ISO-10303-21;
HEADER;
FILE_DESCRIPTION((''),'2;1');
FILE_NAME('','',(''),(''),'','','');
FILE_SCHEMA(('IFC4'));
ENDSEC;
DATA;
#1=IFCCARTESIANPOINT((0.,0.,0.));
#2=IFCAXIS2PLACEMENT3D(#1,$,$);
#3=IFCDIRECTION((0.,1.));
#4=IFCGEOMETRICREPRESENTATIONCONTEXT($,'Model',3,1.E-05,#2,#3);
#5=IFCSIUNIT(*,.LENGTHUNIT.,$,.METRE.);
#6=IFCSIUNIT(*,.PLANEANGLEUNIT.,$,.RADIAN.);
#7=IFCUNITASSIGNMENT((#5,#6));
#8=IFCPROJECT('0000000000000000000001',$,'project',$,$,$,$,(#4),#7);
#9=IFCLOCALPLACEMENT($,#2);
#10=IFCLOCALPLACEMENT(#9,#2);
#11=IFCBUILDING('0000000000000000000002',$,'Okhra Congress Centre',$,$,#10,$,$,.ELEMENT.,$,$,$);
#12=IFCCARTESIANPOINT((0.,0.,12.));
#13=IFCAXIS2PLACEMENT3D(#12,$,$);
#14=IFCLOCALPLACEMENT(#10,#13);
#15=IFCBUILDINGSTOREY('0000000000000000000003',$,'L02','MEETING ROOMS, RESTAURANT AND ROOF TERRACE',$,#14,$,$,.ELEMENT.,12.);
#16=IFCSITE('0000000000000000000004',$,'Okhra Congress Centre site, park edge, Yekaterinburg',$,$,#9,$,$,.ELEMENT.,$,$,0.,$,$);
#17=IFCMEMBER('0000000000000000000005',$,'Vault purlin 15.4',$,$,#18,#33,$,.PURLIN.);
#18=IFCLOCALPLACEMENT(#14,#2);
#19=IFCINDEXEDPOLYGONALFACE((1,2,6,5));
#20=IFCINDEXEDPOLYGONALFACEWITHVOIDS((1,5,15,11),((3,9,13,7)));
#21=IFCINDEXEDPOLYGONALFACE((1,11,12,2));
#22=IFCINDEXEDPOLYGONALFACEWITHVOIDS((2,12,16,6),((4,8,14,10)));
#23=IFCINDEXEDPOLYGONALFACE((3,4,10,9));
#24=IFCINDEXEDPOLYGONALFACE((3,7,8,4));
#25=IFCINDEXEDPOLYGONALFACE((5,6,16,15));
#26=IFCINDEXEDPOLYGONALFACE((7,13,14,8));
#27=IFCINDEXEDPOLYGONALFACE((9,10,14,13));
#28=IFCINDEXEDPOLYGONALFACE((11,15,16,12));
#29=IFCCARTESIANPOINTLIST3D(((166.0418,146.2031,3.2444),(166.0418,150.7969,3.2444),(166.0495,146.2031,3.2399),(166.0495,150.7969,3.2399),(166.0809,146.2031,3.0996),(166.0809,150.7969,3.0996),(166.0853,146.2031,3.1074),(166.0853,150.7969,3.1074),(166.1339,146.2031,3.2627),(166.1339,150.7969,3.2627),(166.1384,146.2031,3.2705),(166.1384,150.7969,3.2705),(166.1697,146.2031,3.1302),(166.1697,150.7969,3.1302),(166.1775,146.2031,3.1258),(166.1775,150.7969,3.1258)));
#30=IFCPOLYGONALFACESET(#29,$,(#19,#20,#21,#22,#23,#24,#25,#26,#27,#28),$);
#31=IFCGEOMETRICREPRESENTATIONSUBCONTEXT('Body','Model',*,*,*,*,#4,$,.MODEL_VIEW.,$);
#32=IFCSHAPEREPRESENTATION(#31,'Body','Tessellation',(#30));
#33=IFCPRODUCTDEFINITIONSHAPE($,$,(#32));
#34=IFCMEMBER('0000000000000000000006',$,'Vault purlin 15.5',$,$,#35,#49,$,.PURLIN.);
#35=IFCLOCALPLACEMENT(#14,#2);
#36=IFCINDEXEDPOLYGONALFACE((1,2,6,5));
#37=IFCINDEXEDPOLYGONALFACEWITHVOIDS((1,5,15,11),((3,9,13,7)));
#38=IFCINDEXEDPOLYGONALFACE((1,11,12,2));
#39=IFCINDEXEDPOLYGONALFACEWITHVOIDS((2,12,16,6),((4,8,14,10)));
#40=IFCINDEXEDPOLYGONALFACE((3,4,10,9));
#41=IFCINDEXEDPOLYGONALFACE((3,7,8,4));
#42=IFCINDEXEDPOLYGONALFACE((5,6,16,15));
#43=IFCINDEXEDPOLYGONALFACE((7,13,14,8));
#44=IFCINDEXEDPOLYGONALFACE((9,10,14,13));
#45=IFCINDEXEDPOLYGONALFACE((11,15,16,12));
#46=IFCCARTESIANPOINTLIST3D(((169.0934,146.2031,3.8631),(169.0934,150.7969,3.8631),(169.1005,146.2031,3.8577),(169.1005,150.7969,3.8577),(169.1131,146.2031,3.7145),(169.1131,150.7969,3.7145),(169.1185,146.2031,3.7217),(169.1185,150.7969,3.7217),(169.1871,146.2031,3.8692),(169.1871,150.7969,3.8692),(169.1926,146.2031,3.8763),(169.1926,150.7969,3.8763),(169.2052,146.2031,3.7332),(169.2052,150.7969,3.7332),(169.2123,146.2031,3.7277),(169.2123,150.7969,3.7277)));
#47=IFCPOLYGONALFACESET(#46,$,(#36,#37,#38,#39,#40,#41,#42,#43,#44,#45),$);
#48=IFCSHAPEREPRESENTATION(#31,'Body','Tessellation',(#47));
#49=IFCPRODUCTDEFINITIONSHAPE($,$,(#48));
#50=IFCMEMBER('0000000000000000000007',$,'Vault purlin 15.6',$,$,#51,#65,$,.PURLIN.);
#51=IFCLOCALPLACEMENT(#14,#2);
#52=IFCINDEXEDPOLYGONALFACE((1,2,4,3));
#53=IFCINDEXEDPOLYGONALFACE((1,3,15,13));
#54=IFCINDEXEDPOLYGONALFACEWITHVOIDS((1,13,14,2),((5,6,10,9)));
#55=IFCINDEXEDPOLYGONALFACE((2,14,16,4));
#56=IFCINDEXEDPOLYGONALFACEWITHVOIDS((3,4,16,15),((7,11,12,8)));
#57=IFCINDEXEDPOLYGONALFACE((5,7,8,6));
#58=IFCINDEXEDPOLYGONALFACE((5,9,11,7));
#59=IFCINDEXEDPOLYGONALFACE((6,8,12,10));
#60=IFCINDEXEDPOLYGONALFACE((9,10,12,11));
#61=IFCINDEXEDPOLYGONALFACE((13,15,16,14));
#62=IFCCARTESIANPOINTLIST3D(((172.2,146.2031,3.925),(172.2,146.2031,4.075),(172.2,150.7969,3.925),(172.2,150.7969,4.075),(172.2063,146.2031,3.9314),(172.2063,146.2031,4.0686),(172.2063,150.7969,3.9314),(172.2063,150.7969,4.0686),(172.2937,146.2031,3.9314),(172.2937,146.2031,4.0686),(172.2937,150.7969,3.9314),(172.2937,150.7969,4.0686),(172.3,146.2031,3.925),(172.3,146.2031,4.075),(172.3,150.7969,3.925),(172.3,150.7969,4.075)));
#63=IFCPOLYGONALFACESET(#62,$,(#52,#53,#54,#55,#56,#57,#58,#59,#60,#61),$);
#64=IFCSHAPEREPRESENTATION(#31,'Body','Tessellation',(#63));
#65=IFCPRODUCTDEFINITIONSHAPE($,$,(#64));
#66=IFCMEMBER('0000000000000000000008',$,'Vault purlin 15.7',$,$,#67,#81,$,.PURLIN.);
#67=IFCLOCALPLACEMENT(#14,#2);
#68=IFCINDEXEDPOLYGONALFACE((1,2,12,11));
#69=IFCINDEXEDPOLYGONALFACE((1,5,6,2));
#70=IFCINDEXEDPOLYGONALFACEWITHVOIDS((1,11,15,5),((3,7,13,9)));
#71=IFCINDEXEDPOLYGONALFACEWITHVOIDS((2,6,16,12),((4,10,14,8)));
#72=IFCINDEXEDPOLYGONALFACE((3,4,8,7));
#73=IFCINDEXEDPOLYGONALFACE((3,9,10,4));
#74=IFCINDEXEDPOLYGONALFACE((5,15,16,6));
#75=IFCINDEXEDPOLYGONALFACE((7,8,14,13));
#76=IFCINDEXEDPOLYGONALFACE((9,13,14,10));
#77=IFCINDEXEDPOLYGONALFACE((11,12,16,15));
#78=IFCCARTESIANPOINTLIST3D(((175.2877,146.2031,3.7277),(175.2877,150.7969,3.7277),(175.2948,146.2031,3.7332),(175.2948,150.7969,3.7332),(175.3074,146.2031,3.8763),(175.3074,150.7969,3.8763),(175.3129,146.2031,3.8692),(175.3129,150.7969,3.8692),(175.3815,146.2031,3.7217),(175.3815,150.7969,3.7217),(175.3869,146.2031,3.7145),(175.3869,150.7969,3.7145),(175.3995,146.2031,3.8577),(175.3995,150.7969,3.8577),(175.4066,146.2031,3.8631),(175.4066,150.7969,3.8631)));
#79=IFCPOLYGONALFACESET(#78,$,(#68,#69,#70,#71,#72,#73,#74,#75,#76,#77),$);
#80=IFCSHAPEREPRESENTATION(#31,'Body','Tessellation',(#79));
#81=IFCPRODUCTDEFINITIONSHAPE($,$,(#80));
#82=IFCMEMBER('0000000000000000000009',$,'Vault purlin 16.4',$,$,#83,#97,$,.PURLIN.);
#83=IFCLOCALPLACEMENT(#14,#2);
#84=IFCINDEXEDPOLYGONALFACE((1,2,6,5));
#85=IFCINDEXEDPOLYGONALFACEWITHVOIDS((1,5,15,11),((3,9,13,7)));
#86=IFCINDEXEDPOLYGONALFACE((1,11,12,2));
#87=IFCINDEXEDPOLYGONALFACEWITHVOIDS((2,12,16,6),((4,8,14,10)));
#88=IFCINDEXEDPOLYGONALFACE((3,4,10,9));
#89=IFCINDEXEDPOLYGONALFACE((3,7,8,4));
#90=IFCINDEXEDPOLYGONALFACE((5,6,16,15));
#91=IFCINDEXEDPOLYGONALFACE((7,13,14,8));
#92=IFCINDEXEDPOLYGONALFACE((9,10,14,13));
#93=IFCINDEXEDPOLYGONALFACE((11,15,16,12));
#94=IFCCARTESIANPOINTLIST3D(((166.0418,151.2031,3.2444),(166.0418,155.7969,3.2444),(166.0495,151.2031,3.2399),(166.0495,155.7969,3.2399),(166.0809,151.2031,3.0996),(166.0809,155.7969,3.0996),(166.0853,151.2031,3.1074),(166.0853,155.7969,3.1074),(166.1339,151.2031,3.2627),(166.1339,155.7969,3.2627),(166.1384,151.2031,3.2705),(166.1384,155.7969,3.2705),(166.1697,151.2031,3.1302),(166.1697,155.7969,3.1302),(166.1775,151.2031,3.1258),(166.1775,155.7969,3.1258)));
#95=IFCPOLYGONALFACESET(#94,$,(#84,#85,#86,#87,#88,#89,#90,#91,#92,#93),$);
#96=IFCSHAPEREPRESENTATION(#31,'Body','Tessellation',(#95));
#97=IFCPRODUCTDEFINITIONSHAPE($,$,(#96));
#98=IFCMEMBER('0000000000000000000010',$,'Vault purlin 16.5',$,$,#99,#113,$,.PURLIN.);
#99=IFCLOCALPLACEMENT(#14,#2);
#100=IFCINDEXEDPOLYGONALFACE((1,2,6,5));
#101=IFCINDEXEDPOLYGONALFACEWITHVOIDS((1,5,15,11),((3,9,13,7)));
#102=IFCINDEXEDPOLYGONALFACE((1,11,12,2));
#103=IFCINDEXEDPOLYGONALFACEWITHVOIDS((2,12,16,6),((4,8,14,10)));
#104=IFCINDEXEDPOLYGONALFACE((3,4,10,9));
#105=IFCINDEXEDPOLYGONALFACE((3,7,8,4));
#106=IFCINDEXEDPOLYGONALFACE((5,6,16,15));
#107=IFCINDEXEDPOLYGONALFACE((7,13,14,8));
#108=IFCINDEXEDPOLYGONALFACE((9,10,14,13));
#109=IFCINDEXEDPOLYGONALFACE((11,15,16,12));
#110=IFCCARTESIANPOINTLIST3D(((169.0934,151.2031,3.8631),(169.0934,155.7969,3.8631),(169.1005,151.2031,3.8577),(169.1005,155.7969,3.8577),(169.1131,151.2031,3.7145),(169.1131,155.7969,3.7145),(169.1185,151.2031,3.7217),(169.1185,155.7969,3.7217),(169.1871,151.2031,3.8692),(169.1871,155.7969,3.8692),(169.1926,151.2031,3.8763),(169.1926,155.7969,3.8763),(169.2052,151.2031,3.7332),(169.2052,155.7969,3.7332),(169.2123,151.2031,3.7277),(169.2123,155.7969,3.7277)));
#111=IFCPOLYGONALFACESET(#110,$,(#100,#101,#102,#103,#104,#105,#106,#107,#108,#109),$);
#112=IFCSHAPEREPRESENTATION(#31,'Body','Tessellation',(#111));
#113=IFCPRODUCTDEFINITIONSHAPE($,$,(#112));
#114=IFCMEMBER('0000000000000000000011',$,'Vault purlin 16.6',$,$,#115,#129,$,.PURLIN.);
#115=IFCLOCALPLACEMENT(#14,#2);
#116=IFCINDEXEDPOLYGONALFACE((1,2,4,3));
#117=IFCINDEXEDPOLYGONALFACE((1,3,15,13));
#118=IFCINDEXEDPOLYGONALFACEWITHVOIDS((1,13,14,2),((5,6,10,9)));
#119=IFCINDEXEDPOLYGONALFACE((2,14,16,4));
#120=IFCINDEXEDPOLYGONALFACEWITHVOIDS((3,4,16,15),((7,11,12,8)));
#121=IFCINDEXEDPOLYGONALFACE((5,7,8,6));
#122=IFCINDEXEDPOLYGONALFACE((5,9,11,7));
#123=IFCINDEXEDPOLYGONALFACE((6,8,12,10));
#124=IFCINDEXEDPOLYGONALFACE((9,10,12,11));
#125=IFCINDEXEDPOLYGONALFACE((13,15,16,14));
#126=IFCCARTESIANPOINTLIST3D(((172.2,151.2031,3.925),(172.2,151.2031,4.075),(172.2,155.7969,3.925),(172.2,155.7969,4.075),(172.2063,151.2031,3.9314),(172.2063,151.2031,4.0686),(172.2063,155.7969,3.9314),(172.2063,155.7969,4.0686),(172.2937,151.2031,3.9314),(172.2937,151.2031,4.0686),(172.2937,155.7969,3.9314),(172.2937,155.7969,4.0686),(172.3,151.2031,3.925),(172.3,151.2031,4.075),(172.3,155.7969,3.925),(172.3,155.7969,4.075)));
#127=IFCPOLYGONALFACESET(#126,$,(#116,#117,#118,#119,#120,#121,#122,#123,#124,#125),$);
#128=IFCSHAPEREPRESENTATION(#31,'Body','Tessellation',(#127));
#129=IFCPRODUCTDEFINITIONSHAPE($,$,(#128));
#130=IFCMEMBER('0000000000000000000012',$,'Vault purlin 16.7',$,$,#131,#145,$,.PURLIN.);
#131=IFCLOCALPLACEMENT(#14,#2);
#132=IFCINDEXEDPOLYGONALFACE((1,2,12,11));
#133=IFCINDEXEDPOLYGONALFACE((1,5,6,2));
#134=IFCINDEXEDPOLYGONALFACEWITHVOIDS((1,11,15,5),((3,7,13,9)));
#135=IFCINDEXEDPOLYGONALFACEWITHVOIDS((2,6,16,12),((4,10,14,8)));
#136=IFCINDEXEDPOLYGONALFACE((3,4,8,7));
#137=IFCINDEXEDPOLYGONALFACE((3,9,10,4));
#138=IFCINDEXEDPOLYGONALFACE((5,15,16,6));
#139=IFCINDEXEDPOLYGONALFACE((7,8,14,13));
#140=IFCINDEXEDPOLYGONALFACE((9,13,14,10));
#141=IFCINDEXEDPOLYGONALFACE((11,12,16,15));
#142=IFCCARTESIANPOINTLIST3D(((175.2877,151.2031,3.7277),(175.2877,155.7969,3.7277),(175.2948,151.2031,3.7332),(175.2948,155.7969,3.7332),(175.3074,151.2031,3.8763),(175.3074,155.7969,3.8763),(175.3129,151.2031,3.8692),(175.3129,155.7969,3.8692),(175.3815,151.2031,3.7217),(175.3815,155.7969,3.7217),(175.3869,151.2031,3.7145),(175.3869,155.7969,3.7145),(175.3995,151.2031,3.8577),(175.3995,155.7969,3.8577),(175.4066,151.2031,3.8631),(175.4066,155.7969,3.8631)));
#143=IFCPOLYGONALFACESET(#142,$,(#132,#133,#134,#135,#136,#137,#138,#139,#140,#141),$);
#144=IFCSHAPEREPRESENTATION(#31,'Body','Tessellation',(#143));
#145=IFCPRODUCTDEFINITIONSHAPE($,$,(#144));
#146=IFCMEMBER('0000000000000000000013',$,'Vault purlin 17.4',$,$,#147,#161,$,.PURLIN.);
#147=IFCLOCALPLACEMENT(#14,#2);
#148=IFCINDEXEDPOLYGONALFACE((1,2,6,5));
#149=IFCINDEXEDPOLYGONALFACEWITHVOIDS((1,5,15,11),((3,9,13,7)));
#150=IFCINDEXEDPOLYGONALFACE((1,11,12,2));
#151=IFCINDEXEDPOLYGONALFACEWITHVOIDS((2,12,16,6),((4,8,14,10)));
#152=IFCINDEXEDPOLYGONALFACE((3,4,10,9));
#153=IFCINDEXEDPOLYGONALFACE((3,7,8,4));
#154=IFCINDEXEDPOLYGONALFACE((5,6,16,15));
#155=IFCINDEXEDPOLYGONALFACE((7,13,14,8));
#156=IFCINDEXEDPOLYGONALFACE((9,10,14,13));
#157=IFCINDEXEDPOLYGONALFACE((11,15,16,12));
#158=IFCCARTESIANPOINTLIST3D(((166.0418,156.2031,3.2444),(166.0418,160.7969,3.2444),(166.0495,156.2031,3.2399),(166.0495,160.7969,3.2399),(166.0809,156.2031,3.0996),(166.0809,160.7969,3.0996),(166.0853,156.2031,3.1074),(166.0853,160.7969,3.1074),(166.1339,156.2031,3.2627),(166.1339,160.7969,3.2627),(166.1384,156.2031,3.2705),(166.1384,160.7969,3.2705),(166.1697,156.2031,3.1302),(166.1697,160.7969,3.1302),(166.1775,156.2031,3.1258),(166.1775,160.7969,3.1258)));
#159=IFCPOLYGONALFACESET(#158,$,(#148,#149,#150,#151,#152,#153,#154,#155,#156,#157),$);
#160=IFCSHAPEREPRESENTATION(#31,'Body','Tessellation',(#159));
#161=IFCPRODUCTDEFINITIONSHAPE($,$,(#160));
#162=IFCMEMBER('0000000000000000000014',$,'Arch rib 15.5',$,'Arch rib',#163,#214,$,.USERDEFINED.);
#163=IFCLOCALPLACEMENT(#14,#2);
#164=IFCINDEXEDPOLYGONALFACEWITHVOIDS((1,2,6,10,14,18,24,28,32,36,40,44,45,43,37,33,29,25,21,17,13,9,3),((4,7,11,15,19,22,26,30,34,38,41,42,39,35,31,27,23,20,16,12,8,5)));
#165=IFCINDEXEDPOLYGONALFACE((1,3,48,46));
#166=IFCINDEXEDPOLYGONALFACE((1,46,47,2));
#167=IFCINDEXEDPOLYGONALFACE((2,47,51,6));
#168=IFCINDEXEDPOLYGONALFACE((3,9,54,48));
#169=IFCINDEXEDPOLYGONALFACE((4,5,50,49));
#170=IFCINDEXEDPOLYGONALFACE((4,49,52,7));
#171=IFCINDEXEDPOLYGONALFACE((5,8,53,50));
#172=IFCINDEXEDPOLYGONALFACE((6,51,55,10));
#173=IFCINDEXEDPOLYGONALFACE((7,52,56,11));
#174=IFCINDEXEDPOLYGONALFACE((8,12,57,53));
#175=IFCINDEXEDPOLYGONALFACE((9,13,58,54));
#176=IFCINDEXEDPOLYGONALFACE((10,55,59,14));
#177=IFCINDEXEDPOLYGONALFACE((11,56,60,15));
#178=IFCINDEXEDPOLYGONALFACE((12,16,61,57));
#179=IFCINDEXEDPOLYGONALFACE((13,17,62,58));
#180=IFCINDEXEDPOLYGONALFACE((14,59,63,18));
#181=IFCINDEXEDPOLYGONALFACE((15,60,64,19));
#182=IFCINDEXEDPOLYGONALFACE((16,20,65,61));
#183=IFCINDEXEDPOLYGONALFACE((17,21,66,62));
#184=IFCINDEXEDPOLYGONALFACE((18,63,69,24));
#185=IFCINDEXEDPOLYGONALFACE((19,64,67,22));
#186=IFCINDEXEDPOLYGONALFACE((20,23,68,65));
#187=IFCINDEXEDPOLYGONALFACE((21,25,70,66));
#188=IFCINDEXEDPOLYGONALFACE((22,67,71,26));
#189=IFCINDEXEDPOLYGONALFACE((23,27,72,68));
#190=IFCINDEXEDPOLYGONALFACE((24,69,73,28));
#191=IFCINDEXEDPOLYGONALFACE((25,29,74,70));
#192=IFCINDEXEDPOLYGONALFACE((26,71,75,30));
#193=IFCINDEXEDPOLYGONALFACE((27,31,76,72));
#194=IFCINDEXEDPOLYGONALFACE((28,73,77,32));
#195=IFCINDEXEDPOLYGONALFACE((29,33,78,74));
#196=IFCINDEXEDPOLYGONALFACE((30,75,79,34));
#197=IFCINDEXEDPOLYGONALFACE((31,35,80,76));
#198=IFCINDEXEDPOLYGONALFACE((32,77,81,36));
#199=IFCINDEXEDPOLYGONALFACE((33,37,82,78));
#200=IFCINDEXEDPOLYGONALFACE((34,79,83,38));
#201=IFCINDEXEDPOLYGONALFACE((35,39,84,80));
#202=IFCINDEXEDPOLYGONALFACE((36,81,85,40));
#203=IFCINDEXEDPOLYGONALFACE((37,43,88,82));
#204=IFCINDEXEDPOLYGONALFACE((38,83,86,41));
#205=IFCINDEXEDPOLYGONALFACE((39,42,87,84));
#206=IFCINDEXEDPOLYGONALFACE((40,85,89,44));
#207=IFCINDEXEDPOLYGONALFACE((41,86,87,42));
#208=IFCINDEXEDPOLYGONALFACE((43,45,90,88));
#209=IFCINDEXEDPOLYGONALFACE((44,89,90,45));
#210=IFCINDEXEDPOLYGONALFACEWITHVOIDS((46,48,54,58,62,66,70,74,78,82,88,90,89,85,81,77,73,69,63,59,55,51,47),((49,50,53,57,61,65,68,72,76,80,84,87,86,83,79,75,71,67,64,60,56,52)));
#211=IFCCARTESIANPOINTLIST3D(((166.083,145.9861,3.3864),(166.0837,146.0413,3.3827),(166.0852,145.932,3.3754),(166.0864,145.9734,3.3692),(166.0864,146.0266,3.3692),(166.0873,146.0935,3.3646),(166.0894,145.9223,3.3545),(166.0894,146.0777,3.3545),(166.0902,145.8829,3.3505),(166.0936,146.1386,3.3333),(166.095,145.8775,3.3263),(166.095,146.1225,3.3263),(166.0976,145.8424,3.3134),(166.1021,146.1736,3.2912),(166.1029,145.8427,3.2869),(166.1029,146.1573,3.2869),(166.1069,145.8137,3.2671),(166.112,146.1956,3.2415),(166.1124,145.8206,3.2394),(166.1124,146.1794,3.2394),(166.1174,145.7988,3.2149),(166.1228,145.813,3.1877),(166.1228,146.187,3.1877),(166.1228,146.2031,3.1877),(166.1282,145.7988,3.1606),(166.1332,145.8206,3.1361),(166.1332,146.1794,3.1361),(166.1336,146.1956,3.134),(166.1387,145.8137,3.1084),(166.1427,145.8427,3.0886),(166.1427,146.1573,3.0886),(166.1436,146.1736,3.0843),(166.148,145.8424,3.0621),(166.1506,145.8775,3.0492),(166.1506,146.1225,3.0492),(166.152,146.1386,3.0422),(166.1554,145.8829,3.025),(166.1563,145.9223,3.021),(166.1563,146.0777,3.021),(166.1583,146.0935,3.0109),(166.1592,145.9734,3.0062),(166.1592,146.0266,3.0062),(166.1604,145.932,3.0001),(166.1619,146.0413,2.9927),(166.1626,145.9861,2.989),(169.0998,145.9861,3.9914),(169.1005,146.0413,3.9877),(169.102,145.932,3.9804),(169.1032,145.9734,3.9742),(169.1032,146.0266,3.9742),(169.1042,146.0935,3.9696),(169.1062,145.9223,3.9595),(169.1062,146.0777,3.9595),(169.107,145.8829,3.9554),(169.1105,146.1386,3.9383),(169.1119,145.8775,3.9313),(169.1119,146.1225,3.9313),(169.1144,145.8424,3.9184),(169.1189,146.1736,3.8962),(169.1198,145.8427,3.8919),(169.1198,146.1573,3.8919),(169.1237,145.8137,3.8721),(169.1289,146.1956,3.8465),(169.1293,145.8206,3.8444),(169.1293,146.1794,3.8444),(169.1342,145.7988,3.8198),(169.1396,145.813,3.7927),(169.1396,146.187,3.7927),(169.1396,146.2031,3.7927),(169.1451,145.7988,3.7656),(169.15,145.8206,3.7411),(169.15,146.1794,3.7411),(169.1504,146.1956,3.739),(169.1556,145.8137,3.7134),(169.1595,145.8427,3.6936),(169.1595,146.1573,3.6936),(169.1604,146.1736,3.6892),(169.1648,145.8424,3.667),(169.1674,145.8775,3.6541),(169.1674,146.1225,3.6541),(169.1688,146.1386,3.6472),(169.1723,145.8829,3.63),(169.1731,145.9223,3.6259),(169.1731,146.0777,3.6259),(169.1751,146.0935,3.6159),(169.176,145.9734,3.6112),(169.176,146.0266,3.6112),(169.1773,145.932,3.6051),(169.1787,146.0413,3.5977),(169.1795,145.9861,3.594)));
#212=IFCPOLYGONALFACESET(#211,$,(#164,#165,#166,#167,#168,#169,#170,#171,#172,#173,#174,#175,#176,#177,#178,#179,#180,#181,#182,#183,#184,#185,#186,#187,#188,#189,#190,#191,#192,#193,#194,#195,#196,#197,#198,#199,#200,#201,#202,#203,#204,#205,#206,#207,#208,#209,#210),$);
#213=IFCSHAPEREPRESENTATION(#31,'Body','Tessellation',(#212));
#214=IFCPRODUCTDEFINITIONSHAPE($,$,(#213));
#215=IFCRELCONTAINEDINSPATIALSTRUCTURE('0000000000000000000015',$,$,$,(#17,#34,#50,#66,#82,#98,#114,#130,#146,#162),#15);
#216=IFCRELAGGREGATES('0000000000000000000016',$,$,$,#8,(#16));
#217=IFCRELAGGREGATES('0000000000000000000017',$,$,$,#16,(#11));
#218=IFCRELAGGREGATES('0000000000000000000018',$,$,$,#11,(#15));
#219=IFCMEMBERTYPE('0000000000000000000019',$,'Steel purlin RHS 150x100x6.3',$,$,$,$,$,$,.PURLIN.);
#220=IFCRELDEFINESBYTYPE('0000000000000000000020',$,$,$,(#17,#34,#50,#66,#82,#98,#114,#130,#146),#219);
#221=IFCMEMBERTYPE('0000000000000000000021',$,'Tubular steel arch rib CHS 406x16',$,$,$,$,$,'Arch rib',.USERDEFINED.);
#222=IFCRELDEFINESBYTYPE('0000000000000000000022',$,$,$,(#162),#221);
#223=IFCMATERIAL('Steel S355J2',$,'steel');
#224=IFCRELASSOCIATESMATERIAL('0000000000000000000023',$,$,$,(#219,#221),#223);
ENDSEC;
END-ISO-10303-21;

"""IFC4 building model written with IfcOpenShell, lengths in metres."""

from ifc_helpers import new_model, si_unit, direction, frame, origin, origin_2d, place, context, subcontext, project, spatial, hollow_rectangle, hollow_circle, extrude, material, material_profile, profile_set, type_object, element, save


model = new_model("IFC4")

# Units and contexts
model_context = context("Model", 3, precision=1e-05, world=origin(), true_north=direction((0.0, 1.0)))
body_context = subcontext(model_context, "Body", "Model", "MODEL_VIEW")
ifc_project = project(units=[si_unit("LENGTHUNIT", "METRE"), si_unit("PLANEANGLEUNIT", "RADIAN")], contexts=[model_context])

# Site, building, storey
site_placement = place(None, origin())
site = spatial("IfcSite", under=ifc_project, at=site_placement, Name="Okhra Congress Centre site, park edge, Yekaterinburg", CompositionType="ELEMENT", RefElevation=0.0)
building_placement = place(site_placement, origin())
building = spatial("IfcBuilding", under=site, at=building_placement, Name="Okhra Congress Centre", CompositionType="ELEMENT")
storey_placement = place(building_placement, frame((0.0, 0.0, 12.0)))
storey = spatial("IfcBuildingStorey", under=building, at=storey_placement, Name="L02", Description="MEETING ROOMS, RESTAURANT AND ROOF TERRACE", CompositionType="ELEMENT", Elevation=12.0)

# Members
ifc_material_1 = material(Name="Steel S355J2", Category="steel")
ifc_material_profile_1 = material_profile(ifc_material_1, hollow_rectangle(XDim=0.1001, YDim=0.1499, WallThickness=0.0063, at=origin_2d()), Name="RHS 150x100x6.3")
ifc_profile_set_1 = profile_set([ifc_material_profile_1], Name="Steel S355J2")
member_type_1 = type_object("IfcMemberType", Name="Steel purlin RHS 150x100x6.3", PredefinedType="PURLIN", material=ifc_profile_set_1)
for number, where, z_axis, x_axis, name in (
    (1, (166.1096, 146.2031, 3.1851), (0.0, 1.0, 0.0), (-0.96538, 0.0, -0.260848), "Vault purlin 15.4"),
    (2, (169.1528, 146.2031, 3.7954), (0.0, 1.0, 0.0), (-0.991307, 0.0, -0.131568), "Vault purlin 15.5"),
    (3, (172.25, 146.2031, 4.0), (0.0, 1.0, 0.0), (-1.0, 0.0, 0.0), "Vault purlin 15.6"),
    (4, (175.3472, 146.2031, 3.7954), (0.0, 1.0, 0.0), (-0.991307, 0.0, 0.131568), "Vault purlin 15.7"),
    (5, (166.1096, 151.2031, 3.1851), (0.0, 1.0, 0.0), (-0.96538, 0.0, -0.260848), "Vault purlin 16.4"),
    (6, (169.1528, 151.2031, 3.7954), (0.0, 1.0, 0.0), (-0.991307, 0.0, -0.131568), "Vault purlin 16.5"),
    (7, (172.25, 151.2031, 4.0), (0.0, 1.0, 0.0), (-1.0, 0.0, 0.0), "Vault purlin 16.6"),
    (8, (175.3472, 151.2031, 3.7954), (0.0, 1.0, 0.0), (-0.991307, 0.0, 0.131568), "Vault purlin 16.7"),
    (9, (166.1096, 156.2031, 3.1851), (0.0, 1.0, 0.0), (-0.96538, 0.0, -0.260848), "Vault purlin 17.4"),
):
    element("IfcMember", number, at=place(storey_placement, frame(where, z_axis=z_axis, x_axis=x_axis)), inside=storey, type_object=member_type_1, Name=name, PredefinedType="PURLIN", context=body_context, shape_type="SweptSolid", body=[
        extrude(hollow_rectangle(XDim=0.1001, YDim=0.1499, WallThickness=0.0063, at=origin_2d()), origin(), (0.0, 0.0, 1.0), 4.5938),
    ])
ifc_material_profile_2 = material_profile(ifc_material_1, hollow_circle(Radius=0.2031, WallThickness=0.0161, at=origin_2d()), Name="CHS 406.4x16")
ifc_profile_set_2 = profile_set([ifc_material_profile_2], Name="Steel S355J2")
member_type_2 = type_object("IfcMemberType", Name="Tubular steel arch rib CHS 406x16", ElementType="Arch rib", PredefinedType="USERDEFINED", material=ifc_profile_set_2)
for number, where, z_axis, x_axis, name in (
    (10, (166.1228, 146.0, 3.1877), (0.98048, 0.0, 0.19662), (0.0, 1.0, 0.0), "Arch rib 15.5"),
):
    element("IfcMember", number, at=place(storey_placement, frame(where, z_axis=z_axis, x_axis=x_axis)), inside=storey, type_object=member_type_2, Name=name, ObjectType="Arch rib", PredefinedType="USERDEFINED", context=body_context, shape_type="SweptSolid", body=[
        extrude(hollow_circle(Radius=0.2031, WallThickness=0.0161, at=origin_2d()), origin(), (0.0, 0.0, 1.0), 3.0769),
    ])

save(model, "model.ifc")
